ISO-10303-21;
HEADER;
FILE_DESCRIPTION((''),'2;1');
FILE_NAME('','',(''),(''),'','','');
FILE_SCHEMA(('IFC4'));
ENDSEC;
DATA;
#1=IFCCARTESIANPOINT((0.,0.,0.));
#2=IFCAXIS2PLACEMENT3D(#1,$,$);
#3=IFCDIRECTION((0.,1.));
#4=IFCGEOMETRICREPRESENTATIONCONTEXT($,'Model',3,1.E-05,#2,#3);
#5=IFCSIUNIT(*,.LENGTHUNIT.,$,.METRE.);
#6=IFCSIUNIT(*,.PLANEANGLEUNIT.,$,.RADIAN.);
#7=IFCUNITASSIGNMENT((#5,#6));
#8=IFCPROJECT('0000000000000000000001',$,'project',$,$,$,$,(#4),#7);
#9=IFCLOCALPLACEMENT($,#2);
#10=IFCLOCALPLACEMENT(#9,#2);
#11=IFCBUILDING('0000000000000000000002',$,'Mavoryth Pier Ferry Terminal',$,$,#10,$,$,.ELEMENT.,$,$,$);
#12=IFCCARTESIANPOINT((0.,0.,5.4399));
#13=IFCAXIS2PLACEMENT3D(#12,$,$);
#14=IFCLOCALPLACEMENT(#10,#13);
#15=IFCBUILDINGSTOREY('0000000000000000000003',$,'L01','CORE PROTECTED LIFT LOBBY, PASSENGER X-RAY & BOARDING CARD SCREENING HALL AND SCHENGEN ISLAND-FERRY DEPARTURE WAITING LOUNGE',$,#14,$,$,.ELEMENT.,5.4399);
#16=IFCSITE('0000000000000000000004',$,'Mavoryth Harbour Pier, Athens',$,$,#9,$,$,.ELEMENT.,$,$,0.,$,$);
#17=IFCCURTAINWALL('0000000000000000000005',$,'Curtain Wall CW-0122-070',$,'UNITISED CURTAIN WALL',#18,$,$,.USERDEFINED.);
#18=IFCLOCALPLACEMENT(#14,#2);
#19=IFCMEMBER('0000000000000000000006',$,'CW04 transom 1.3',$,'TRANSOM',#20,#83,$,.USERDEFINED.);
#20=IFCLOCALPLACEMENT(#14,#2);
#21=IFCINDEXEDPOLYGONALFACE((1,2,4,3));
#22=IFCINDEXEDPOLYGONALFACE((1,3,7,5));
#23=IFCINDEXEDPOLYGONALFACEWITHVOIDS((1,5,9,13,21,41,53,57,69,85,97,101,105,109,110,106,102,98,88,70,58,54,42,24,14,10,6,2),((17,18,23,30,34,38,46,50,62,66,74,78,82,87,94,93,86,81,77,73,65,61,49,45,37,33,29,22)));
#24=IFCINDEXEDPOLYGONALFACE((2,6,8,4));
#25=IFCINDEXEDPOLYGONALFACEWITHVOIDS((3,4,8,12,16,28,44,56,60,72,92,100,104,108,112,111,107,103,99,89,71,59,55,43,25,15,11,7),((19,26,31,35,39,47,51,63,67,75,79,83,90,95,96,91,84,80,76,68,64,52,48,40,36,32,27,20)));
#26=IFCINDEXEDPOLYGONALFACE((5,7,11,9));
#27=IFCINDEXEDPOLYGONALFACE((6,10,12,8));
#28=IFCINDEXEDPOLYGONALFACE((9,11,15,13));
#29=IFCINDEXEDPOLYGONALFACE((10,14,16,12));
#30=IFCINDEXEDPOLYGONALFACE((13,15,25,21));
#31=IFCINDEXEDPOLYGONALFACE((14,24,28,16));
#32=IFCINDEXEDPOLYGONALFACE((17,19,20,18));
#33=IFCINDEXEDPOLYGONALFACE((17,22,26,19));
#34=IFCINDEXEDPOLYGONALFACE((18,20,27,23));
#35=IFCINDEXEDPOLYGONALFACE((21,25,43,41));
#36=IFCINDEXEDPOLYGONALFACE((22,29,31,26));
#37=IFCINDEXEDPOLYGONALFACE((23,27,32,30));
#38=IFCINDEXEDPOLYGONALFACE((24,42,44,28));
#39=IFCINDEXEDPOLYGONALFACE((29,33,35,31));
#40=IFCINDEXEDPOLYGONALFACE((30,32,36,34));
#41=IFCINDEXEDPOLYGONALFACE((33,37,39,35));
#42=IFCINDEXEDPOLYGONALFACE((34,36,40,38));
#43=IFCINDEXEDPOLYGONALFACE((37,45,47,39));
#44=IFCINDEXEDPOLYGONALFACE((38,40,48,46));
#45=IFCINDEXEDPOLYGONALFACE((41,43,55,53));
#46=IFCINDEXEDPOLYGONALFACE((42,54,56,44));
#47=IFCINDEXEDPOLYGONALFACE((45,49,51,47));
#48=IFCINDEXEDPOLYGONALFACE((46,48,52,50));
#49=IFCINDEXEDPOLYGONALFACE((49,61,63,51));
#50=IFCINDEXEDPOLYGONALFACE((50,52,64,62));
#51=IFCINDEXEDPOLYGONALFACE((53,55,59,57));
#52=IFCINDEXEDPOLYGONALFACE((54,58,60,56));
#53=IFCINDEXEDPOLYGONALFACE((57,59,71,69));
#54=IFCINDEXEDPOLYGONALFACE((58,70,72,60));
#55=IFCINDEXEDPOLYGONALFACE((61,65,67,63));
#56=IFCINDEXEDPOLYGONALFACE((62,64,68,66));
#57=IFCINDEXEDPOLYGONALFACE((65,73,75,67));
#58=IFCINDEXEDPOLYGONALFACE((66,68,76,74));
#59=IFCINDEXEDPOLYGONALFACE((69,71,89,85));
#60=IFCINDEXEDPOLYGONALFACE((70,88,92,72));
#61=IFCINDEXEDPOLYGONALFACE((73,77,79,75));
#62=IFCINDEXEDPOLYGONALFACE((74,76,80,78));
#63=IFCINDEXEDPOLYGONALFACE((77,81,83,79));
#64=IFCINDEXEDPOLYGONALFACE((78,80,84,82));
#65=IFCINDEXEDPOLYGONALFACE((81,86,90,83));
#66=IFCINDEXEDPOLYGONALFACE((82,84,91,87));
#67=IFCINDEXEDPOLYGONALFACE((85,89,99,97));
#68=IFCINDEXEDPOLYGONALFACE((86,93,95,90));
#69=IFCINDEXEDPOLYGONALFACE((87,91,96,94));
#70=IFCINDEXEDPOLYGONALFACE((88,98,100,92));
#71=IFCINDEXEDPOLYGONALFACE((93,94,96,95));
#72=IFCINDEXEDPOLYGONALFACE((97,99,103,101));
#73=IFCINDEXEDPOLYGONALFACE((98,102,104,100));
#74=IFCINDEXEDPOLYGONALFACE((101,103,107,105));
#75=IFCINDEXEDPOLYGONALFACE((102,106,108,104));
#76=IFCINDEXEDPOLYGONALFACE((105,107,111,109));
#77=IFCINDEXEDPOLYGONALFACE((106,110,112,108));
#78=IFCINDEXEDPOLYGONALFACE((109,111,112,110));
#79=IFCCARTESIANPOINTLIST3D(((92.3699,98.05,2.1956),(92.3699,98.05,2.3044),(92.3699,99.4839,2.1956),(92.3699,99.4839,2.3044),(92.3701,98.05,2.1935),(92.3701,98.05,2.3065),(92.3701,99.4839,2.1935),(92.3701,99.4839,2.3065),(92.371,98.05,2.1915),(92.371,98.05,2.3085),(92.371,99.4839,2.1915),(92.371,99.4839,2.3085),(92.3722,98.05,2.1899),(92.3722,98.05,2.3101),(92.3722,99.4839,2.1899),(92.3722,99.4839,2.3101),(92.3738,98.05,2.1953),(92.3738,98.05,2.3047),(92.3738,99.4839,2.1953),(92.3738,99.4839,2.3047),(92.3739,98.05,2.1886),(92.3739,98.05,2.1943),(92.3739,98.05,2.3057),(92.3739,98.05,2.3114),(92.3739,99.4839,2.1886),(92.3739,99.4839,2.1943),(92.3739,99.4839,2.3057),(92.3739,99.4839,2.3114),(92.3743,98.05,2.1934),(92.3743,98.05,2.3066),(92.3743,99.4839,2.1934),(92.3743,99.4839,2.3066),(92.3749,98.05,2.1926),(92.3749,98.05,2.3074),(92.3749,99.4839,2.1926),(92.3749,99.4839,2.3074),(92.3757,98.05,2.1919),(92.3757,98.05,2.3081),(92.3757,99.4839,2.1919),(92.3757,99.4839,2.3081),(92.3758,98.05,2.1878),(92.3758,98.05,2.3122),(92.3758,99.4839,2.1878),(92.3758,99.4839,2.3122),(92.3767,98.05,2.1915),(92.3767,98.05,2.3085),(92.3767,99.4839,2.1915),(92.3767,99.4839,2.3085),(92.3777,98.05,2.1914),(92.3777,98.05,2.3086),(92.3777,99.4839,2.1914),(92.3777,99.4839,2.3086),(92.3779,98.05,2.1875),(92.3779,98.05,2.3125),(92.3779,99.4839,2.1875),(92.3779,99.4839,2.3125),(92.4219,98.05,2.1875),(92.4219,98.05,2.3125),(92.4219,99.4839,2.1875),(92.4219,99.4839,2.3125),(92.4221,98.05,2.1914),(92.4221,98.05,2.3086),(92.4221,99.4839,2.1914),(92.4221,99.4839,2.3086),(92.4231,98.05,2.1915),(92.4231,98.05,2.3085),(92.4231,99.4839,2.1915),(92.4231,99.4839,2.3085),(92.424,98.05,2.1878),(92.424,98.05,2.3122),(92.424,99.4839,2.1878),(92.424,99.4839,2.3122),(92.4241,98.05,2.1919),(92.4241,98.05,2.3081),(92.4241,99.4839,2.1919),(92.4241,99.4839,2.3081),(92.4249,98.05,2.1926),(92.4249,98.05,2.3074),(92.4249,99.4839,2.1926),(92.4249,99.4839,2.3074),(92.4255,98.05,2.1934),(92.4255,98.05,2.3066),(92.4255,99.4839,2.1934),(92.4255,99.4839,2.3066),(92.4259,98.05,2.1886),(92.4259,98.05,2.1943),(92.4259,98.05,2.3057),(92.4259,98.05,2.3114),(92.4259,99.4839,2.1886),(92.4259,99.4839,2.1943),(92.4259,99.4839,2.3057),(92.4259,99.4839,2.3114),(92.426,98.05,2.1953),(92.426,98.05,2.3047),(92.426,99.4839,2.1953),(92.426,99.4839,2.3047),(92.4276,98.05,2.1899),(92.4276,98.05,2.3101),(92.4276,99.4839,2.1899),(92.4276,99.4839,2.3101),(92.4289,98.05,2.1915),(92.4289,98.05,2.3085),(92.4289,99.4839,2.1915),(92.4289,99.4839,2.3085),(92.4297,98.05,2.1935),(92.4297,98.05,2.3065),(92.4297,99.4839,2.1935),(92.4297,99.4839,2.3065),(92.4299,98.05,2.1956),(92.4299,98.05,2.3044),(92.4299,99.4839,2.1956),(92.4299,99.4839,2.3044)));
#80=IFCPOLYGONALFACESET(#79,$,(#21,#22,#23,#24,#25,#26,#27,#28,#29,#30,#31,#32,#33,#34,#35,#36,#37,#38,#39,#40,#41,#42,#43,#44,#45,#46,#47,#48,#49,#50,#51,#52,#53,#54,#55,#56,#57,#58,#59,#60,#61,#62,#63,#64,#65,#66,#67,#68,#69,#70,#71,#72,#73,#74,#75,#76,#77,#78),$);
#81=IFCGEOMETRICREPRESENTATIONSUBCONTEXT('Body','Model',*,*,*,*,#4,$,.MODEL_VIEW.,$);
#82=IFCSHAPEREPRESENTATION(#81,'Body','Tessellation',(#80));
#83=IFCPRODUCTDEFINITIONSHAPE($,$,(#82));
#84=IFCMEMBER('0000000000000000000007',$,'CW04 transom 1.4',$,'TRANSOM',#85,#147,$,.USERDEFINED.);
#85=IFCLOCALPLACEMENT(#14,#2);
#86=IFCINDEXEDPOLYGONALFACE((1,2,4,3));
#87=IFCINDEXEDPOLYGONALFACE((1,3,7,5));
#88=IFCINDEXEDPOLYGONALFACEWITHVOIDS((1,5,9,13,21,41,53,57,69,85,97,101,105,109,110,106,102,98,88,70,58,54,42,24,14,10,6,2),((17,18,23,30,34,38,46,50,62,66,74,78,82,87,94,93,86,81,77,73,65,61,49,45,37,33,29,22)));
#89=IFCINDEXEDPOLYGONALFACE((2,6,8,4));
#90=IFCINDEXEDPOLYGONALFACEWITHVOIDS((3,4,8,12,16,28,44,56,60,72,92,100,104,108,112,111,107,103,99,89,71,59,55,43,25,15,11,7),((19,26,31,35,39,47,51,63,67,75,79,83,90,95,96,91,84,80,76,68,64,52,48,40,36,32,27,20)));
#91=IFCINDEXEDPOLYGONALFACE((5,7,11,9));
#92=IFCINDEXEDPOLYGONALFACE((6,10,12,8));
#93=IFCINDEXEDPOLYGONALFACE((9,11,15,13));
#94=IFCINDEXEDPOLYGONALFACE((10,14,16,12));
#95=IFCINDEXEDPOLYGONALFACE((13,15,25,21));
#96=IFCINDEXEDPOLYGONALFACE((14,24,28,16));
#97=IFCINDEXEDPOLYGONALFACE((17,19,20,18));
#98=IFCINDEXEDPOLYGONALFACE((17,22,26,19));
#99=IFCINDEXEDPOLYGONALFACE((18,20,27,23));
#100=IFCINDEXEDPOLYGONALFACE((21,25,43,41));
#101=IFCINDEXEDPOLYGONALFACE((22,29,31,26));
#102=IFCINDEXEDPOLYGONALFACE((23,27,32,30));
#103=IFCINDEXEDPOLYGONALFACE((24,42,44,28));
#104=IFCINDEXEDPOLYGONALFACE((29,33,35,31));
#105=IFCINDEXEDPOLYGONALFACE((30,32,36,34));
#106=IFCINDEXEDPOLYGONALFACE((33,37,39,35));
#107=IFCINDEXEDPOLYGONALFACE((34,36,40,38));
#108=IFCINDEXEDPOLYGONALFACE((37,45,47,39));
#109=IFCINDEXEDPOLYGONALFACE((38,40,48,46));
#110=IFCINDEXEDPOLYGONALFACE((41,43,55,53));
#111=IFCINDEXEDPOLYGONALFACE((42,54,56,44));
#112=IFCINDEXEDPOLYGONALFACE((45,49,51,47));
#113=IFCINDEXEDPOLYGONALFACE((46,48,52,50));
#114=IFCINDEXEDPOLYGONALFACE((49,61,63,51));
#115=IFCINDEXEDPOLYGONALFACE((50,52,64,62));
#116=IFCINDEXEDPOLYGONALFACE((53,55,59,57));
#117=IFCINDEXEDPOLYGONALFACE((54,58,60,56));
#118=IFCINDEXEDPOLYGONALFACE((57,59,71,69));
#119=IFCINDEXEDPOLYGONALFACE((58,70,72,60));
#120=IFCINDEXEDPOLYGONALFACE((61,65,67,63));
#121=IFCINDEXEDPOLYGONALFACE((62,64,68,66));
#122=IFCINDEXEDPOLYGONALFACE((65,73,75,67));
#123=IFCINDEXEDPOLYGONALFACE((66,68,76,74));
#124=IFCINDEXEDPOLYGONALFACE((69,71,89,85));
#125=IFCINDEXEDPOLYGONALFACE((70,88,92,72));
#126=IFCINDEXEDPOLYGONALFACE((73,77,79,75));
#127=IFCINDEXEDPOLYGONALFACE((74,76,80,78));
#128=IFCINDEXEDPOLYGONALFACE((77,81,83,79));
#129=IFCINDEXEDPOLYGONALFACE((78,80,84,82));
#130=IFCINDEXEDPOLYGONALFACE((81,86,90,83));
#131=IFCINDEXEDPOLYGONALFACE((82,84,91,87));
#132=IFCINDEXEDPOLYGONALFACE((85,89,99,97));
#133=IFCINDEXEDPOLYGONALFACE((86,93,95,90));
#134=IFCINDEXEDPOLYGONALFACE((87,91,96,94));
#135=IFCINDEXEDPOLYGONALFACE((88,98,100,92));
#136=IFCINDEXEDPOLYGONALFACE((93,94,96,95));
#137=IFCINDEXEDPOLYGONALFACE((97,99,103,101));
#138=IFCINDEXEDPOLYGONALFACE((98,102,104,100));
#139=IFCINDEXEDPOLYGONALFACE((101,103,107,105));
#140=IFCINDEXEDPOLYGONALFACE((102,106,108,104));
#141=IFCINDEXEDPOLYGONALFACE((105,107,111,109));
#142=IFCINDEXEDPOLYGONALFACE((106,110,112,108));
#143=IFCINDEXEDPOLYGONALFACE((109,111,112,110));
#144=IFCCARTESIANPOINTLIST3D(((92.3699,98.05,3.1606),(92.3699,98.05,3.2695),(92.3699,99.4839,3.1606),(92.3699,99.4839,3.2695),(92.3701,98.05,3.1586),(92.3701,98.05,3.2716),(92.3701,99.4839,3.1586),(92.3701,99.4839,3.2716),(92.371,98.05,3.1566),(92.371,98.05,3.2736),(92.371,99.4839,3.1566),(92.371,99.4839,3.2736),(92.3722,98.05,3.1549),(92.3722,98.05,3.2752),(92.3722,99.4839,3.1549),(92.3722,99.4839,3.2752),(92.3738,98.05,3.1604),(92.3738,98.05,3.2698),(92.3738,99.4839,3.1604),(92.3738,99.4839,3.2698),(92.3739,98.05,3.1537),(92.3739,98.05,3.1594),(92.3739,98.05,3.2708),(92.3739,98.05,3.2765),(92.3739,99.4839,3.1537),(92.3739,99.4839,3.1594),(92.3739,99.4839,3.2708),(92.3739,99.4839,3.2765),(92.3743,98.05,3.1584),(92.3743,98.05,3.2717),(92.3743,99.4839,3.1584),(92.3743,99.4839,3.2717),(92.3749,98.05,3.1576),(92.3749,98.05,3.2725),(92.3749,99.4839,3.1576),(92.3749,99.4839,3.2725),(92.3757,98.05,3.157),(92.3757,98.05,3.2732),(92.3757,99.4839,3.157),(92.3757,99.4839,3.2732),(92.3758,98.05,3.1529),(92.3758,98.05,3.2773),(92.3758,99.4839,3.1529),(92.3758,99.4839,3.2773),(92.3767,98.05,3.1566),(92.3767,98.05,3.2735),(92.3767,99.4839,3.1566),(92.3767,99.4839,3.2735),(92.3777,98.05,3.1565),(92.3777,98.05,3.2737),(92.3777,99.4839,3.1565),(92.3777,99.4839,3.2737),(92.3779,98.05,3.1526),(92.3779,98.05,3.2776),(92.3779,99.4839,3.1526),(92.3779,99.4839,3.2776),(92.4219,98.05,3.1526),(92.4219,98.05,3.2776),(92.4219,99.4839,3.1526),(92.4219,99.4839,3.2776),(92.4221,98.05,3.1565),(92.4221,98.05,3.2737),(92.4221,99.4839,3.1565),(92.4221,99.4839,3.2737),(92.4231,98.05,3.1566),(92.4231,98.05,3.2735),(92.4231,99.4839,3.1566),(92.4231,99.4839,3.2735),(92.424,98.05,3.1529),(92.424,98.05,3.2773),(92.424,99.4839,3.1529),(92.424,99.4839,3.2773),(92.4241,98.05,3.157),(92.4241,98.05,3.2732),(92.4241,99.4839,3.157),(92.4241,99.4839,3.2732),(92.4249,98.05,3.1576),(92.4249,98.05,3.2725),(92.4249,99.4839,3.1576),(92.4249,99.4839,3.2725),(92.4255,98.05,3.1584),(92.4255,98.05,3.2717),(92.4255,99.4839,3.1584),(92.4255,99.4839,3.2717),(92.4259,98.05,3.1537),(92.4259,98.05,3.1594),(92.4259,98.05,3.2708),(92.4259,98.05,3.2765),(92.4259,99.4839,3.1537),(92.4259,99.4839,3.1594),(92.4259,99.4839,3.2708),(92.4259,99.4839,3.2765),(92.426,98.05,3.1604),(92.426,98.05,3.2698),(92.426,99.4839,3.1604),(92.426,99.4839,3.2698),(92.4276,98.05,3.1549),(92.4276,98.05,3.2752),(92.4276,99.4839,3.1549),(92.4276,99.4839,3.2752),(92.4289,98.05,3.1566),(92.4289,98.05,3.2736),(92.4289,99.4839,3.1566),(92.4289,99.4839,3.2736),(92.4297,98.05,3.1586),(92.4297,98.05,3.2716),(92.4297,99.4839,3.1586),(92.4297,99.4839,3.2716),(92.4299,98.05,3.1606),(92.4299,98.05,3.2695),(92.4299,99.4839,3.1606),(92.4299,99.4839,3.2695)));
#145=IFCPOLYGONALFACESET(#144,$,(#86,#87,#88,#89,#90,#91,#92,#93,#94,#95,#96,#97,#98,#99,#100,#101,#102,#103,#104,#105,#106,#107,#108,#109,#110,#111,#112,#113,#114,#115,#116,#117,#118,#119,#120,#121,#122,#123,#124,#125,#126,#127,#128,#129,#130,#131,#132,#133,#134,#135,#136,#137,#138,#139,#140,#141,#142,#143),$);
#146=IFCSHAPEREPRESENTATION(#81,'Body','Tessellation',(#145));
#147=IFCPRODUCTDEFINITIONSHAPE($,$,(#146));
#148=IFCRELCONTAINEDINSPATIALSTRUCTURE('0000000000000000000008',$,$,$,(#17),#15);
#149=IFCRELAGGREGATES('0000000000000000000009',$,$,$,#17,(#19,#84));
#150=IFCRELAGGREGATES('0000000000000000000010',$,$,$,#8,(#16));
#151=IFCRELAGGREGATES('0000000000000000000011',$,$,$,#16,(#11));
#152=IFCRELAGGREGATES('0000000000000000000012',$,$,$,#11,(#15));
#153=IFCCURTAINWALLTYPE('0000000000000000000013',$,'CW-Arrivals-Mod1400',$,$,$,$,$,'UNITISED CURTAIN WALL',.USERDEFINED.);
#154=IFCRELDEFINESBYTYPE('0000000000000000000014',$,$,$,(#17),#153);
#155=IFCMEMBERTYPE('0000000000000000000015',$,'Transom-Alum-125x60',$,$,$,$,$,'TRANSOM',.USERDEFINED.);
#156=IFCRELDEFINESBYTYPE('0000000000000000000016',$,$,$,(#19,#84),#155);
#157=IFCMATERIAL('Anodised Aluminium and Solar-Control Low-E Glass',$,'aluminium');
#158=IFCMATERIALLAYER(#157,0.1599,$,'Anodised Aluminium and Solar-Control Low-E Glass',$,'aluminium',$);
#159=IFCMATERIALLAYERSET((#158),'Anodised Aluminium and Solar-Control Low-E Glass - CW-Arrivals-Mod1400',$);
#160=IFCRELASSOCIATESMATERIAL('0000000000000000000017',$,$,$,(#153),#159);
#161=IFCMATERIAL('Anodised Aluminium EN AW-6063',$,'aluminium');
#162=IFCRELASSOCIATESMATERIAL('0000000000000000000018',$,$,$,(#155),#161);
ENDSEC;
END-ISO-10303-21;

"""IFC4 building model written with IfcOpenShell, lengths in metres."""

from ifc_helpers import new_model, si_unit, direction, frame, origin, origin_2d, place, context, subcontext, project, spatial, hollow_rectangle, extrude, material, layer, layer_set, material_profile, profile_set, type_object, element, aggregate, save


model = new_model("IFC4")

# Units and contexts
model_context = context("Model", 3, precision=1e-05, world=origin(), true_north=direction((0.0, 1.0)))
body_context = subcontext(model_context, "Body", "Model", "MODEL_VIEW")
ifc_project = project(units=[si_unit("LENGTHUNIT", "METRE"), si_unit("PLANEANGLEUNIT", "RADIAN")], contexts=[model_context])

# Site, building, storey
site_placement = place(None, origin())
site = spatial("IfcSite", under=ifc_project, at=site_placement, Name="Mavoryth Harbour Pier, Athens", CompositionType="ELEMENT", RefElevation=0.0)
building_placement = place(site_placement, origin())
building = spatial("IfcBuilding", under=site, at=building_placement, Name="Mavoryth Pier Ferry Terminal", CompositionType="ELEMENT")
storey_placement = place(building_placement, frame((0.0, 0.0, 5.4399)))
storey = spatial("IfcBuildingStorey", under=building, at=storey_placement, Name="L01", Description="CORE PROTECTED LIFT LOBBY, PASSENGER X-RAY & BOARDING CARD SCREENING HALL AND SCHENGEN ISLAND-FERRY DEPARTURE WAITING LOUNGE", CompositionType="ELEMENT", Elevation=5.4399)

# Shared definitions
ifc_material_1 = material(Name="Anodised Aluminium and Solar-Control Low-E Glass", Category="aluminium")
ifc_layer_1 = layer(ifc_material_1, 0.1599, Name="Anodised Aluminium and Solar-Control Low-E Glass", Category="aluminium")
ifc_layer_set_1 = layer_set([ifc_layer_1], Name="Anodised Aluminium and Solar-Control Low-E Glass - CW-Arrivals-Mod1400")
curtain_wall_type = type_object("IfcCurtainWallType", Name="CW-Arrivals-Mod1400", ElementType="UNITISED CURTAIN WALL", PredefinedType="USERDEFINED", material=ifc_layer_set_1)
ifc_material_2 = material(Name="Anodised Aluminium EN AW-6063", Category="aluminium")

# Curtain wall
curtain_wall_1_placement = place(storey_placement, origin())
curtain_wall_1 = element("IfcCurtainWall", 1, at=curtain_wall_1_placement, inside=storey, type_object=curtain_wall_type, Name="Curtain Wall CW-0122-070", ObjectType="UNITISED CURTAIN WALL", PredefinedType="USERDEFINED")

# Members
ifc_material_profile_1 = material_profile(ifc_material_2, hollow_rectangle(XDim=0.0601, YDim=0.125, WallThickness=0.0039, InnerFilletRadius=0.0039, OuterFilletRadius=0.0081, at=origin_2d()), Name="AL-TRAN 125x60x4", Category="aluminium")
ifc_profile_set_1 = profile_set([ifc_material_profile_1], Name="Anodised Aluminium EN AW-6063 - AL-TRAN 125x60x4")
member_type_1 = type_object("IfcMemberType", Name="Transom-Alum-125x60", ElementType="TRANSOM", PredefinedType="USERDEFINED", material=ifc_profile_set_1)
member_1_placement = place(storey_placement, frame((92.3999, 98.05, 2.25), z_axis=(0.0, 1.0, 0.0), x_axis=(-1.0, 0.0, 0.0)))
member_1 = element("IfcMember", 2, at=member_1_placement, type_object=member_type_1, Name="CW04 transom 1.3", ObjectType="TRANSOM", PredefinedType="USERDEFINED", context=body_context, shape_type="SweptSolid", body=[
    extrude(hollow_rectangle(XDim=0.0601, YDim=0.125, WallThickness=0.0039, InnerFilletRadius=0.0039, OuterFilletRadius=0.0081, at=origin_2d()), origin(), (0.0, 0.0, 1.0), 1.4338),
])
member_2_placement = place(storey_placement, frame((92.3999, 98.05, 3.2151), z_axis=(0.0, 1.0, 0.0), x_axis=(-1.0, 0.0, 0.0)))
member_2 = element("IfcMember", 3, at=member_2_placement, type_object=member_type_1, Name="CW04 transom 1.4", ObjectType="TRANSOM", PredefinedType="USERDEFINED", context=body_context, shape_type="SweptSolid", body=[
    extrude(hollow_rectangle(XDim=0.0601, YDim=0.125, WallThickness=0.0039, InnerFilletRadius=0.0039, OuterFilletRadius=0.0081, at=origin_2d()), origin(), (0.0, 0.0, 1.0), 1.4338),
])

aggregate(curtain_wall_1, [member_1, member_2])

save(model, "model.ifc")
